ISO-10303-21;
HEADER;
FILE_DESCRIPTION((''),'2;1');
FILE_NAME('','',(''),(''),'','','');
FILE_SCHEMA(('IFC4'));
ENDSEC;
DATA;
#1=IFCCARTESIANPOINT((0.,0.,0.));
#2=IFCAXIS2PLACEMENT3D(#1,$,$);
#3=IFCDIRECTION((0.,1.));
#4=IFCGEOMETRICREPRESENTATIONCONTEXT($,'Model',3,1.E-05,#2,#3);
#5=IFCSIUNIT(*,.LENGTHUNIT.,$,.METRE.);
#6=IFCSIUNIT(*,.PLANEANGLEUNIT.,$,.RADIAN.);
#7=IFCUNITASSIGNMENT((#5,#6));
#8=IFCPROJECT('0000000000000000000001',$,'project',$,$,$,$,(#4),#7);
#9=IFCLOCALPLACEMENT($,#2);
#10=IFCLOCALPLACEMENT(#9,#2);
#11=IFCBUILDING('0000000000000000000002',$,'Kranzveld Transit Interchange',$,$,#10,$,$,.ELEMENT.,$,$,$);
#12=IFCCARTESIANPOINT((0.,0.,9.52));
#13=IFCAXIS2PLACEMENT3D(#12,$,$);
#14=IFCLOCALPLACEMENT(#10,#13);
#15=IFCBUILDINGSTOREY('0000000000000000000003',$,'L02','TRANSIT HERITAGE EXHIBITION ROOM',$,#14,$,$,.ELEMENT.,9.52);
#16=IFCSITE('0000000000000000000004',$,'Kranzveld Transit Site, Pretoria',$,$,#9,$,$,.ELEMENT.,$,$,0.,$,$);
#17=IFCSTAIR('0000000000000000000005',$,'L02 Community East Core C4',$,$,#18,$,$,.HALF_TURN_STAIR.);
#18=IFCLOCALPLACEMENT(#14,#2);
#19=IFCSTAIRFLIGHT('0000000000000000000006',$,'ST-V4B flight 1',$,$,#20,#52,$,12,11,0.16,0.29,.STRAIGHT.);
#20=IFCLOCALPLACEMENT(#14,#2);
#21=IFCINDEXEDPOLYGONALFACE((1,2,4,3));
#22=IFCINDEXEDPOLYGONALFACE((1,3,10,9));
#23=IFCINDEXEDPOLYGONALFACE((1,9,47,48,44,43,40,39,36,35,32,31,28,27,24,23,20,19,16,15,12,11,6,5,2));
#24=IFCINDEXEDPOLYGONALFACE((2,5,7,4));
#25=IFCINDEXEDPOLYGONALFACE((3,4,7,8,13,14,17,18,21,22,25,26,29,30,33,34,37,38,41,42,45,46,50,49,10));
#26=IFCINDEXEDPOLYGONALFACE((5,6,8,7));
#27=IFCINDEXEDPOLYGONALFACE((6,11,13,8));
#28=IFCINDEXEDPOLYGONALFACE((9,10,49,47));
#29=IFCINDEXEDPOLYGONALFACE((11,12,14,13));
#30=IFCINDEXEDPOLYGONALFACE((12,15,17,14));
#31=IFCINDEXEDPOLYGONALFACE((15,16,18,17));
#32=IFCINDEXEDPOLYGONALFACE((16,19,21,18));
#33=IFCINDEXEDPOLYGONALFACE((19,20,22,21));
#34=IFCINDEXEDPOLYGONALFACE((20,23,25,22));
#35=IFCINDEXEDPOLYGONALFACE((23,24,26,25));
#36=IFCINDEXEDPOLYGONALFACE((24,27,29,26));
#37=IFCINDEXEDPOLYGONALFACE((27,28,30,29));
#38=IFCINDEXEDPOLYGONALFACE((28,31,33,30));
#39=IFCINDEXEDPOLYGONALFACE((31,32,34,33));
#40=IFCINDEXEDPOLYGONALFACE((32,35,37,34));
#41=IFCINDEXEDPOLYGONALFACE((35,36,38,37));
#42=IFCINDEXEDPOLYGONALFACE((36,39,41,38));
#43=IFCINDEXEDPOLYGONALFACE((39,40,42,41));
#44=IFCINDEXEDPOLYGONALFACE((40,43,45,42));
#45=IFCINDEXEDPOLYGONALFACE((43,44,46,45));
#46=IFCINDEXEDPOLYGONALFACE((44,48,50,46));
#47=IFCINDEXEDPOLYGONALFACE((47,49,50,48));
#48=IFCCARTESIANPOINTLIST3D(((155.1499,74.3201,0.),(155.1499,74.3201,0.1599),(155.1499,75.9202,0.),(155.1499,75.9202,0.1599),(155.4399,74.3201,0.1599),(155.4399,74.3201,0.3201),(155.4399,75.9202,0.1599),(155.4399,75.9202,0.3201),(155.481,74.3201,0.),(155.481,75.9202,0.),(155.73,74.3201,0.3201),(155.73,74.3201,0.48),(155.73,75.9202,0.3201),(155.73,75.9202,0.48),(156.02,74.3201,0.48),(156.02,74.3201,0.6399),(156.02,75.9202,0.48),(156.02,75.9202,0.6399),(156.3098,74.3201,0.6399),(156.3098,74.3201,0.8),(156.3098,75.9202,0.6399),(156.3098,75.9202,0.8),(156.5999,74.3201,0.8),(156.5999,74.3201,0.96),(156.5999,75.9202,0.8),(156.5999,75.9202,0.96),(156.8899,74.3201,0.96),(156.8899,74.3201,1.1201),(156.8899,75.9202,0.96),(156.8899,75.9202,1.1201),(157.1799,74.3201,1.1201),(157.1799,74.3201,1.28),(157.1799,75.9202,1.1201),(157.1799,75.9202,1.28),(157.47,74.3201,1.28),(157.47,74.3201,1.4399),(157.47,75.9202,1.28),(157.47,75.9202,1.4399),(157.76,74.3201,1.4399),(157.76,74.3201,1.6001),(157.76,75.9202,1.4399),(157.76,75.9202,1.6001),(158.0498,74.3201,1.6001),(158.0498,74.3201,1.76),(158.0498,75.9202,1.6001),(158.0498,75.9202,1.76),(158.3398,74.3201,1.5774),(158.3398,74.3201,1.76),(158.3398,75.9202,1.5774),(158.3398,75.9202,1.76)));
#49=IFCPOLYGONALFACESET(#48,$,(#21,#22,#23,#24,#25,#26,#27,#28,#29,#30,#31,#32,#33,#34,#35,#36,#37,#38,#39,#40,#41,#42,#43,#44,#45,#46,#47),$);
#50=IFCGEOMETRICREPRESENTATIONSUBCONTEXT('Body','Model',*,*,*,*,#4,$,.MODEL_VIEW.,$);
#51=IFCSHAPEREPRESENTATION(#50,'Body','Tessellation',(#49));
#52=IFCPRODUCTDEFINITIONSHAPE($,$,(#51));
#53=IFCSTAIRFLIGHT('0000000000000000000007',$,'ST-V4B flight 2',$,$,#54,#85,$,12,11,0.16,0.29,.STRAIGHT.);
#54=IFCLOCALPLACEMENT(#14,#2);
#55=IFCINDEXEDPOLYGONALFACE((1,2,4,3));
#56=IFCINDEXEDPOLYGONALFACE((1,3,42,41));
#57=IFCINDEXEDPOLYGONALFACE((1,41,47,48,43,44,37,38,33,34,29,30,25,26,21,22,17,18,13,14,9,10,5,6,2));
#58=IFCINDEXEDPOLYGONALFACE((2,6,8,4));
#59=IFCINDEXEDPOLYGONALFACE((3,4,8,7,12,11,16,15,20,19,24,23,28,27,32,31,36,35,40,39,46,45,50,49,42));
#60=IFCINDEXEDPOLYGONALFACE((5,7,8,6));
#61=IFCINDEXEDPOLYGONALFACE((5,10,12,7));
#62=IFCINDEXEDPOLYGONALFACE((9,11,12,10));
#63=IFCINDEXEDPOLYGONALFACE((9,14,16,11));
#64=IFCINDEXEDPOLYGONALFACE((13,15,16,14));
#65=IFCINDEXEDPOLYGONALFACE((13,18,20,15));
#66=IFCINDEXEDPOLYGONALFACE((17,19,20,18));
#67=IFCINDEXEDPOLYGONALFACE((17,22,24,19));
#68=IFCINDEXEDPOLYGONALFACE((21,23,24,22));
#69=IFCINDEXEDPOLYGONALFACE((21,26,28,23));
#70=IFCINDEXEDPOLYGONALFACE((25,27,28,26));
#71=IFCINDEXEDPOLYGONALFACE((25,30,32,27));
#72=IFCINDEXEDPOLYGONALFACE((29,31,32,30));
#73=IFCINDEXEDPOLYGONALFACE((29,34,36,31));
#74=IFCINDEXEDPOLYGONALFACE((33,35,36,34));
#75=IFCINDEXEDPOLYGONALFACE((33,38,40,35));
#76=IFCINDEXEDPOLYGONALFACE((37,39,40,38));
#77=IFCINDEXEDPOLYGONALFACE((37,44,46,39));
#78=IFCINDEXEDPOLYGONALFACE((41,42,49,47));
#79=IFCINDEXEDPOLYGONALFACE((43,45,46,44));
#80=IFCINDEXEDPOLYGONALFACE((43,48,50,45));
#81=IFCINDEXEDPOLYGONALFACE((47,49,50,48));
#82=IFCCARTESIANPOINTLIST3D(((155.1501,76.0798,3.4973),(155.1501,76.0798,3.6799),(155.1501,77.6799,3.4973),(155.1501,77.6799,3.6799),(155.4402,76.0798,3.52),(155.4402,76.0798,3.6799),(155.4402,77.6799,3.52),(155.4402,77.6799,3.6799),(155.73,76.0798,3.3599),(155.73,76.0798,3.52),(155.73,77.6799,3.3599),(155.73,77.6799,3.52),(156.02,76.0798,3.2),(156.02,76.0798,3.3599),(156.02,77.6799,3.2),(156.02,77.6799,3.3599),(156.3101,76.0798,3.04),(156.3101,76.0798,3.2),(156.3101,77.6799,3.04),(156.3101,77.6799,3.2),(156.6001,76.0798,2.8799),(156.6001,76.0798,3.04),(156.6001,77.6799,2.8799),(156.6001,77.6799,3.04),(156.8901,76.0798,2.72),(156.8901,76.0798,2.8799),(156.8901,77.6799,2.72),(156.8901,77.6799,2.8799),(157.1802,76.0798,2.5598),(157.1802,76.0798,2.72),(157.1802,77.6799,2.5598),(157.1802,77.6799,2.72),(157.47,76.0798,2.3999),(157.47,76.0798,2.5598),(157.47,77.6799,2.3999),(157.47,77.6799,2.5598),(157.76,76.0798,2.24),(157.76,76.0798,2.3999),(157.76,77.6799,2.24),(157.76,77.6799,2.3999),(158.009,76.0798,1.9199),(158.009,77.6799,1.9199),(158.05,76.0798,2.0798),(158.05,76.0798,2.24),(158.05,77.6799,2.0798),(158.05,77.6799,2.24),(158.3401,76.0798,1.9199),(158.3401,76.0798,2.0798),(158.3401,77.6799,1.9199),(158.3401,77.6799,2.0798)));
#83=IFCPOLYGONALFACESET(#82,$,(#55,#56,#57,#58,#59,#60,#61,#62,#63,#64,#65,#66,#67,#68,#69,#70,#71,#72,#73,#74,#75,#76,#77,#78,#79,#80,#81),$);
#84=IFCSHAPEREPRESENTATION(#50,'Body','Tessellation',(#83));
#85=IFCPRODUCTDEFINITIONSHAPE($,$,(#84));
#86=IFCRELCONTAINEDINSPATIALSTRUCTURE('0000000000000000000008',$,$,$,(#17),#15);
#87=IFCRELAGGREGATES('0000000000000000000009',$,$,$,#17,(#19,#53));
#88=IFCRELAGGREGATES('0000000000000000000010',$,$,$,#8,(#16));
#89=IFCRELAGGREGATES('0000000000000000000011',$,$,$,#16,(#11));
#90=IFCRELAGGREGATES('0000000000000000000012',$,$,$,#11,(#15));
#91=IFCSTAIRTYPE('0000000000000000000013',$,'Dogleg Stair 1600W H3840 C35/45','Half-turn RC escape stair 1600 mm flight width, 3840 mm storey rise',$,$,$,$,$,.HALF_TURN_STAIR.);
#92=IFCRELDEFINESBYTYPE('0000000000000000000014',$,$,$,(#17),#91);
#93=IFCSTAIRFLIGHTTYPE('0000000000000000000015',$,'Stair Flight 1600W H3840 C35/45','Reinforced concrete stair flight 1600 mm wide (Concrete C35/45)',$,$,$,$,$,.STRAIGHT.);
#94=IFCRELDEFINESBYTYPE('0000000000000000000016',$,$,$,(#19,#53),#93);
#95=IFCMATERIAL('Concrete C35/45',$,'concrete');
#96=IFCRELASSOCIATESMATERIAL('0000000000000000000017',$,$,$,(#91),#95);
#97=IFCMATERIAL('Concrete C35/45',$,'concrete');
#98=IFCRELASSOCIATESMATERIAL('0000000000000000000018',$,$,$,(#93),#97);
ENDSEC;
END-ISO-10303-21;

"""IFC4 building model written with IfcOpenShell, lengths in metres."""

from ifc_helpers import new_model, si_unit, direction, frame, origin, place, context, subcontext, project, spatial, polyline, outline, extrude, material, type_object, element, aggregate, save


model = new_model("IFC4")

# Units and contexts
model_context = context("Model", 3, precision=1e-05, world=origin(), true_north=direction((0.0, 1.0)))
body_context = subcontext(model_context, "Body", "Model", "MODEL_VIEW")
ifc_project = project(units=[si_unit("LENGTHUNIT", "METRE"), si_unit("PLANEANGLEUNIT", "RADIAN")], contexts=[model_context])

# Site, building, storey
site_placement = place(None, origin())
site = spatial("IfcSite", under=ifc_project, at=site_placement, Name="Kranzveld Transit Site, Pretoria", CompositionType="ELEMENT", RefElevation=0.0)
building_placement = place(site_placement, origin())
building = spatial("IfcBuilding", under=site, at=building_placement, Name="Kranzveld Transit Interchange", CompositionType="ELEMENT")
storey_placement = place(building_placement, frame((0.0, 0.0, 9.52)))
storey = spatial("IfcBuildingStorey", under=building, at=storey_placement, Name="L02", Description="TRANSIT HERITAGE EXHIBITION ROOM", CompositionType="ELEMENT", Elevation=9.52)

# Stair, stair flights
ifc_material_1 = material(Name="Concrete C35/45", Category="concrete")
stair_type = type_object("IfcStairType", Name="Dogleg Stair 1600W H3840 C35/45", Description="Half-turn RC escape stair 1600 mm flight width, 3840 mm storey rise", PredefinedType="HALF_TURN_STAIR", material=ifc_material_1)
stair_placement = place(storey_placement, origin())
stair = element("IfcStair", 1, at=stair_placement, inside=storey, type_object=stair_type, Name="L02 Community East Core C4", PredefinedType="HALF_TURN_STAIR")
ifc_material_2 = material(Name="Concrete C35/45", Category="concrete")
stair_flight_type = type_object("IfcStairFlightType", Name="Stair Flight 1600W H3840 C35/45", Description="Reinforced concrete stair flight 1600 mm wide (Concrete C35/45)", PredefinedType="STRAIGHT", material=ifc_material_2)
stair_flight_1_placement = place(storey_placement, frame((155.1499, 75.1201, 0.0), z_axis=(0.0, 0.0, 1.0), x_axis=(1.0, 0.0, 0.0)))
stair_flight_1 = element("IfcStairFlight", 2, at=stair_flight_1_placement, type_object=stair_flight_type, Name="ST-V4B flight 1", NumberOfRisers=12, NumberOfTreads=11, PredefinedType="STRAIGHT", RiserHeight=0.16, TreadLength=0.29, context=body_context, shape_type="SweptSolid", body=[
    extrude(outline(polyline([(0.0, 0.0), (0.0, 0.1599), (0.29, 0.1599), (0.29, 0.3201), (0.5801, 0.3201), (0.5801, 0.48), (0.8701, 0.48), (0.8701, 0.6399), (1.1599, 0.6399), (1.1599, 0.8), (1.45, 0.8), (1.45, 0.96), (1.74, 0.96), (1.74, 1.1201), (2.03, 1.1201), (2.03, 1.28), (2.3201, 1.28), (2.3201, 1.4399), (2.6101, 1.4399), (2.6101, 1.6001), (2.8999, 1.6001), (2.8999, 1.76), (3.1899, 1.76), (3.1899, 1.9199), (3.1899, 1.5774), (0.3311, 0.0), (0.0, 0.0)])), frame((0.0, 0.8, 0.0), z_axis=(0.0, -1.0, 0.0), x_axis=(1.0, 0.0, 0.0)), (0.0, 0.0, 1.0), 1.6001),
])
stair_flight_2_placement = place(storey_placement, frame((158.3401, 76.8799, 1.9199), z_axis=(0.0, 0.0, 1.0), x_axis=(-1.0, 0.0, 0.0)))
stair_flight_2 = element("IfcStairFlight", 3, at=stair_flight_2_placement, type_object=stair_flight_type, Name="ST-V4B flight 2", NumberOfRisers=12, NumberOfTreads=11, PredefinedType="STRAIGHT", RiserHeight=0.16, TreadLength=0.29, context=body_context, shape_type="SweptSolid", body=[
    extrude(outline(polyline([(0.0, 0.0), (0.0, 0.1599), (0.29, 0.1599), (0.29, 0.3201), (0.5801, 0.3201), (0.5801, 0.48), (0.8701, 0.48), (0.8701, 0.6399), (1.1599, 0.6399), (1.1599, 0.8), (1.45, 0.8), (1.45, 0.96), (1.74, 0.96), (1.74, 1.1201), (2.03, 1.1201), (2.03, 1.28), (2.3201, 1.28), (2.3201, 1.4399), (2.6101, 1.4399), (2.6101, 1.6001), (2.8999, 1.6001), (2.8999, 1.76), (3.1899, 1.76), (3.1899, 1.9199), (3.1899, 1.5774), (0.3311, 0.0), (0.0, 0.0)])), frame((0.0, 0.8, 0.0), z_axis=(0.0, -1.0, 0.0), x_axis=(1.0, 0.0, 0.0)), (0.0, 0.0, 1.0), 1.6001),
])
aggregate(stair, [stair_flight_1, stair_flight_2])

save(model, "model.ifc")
